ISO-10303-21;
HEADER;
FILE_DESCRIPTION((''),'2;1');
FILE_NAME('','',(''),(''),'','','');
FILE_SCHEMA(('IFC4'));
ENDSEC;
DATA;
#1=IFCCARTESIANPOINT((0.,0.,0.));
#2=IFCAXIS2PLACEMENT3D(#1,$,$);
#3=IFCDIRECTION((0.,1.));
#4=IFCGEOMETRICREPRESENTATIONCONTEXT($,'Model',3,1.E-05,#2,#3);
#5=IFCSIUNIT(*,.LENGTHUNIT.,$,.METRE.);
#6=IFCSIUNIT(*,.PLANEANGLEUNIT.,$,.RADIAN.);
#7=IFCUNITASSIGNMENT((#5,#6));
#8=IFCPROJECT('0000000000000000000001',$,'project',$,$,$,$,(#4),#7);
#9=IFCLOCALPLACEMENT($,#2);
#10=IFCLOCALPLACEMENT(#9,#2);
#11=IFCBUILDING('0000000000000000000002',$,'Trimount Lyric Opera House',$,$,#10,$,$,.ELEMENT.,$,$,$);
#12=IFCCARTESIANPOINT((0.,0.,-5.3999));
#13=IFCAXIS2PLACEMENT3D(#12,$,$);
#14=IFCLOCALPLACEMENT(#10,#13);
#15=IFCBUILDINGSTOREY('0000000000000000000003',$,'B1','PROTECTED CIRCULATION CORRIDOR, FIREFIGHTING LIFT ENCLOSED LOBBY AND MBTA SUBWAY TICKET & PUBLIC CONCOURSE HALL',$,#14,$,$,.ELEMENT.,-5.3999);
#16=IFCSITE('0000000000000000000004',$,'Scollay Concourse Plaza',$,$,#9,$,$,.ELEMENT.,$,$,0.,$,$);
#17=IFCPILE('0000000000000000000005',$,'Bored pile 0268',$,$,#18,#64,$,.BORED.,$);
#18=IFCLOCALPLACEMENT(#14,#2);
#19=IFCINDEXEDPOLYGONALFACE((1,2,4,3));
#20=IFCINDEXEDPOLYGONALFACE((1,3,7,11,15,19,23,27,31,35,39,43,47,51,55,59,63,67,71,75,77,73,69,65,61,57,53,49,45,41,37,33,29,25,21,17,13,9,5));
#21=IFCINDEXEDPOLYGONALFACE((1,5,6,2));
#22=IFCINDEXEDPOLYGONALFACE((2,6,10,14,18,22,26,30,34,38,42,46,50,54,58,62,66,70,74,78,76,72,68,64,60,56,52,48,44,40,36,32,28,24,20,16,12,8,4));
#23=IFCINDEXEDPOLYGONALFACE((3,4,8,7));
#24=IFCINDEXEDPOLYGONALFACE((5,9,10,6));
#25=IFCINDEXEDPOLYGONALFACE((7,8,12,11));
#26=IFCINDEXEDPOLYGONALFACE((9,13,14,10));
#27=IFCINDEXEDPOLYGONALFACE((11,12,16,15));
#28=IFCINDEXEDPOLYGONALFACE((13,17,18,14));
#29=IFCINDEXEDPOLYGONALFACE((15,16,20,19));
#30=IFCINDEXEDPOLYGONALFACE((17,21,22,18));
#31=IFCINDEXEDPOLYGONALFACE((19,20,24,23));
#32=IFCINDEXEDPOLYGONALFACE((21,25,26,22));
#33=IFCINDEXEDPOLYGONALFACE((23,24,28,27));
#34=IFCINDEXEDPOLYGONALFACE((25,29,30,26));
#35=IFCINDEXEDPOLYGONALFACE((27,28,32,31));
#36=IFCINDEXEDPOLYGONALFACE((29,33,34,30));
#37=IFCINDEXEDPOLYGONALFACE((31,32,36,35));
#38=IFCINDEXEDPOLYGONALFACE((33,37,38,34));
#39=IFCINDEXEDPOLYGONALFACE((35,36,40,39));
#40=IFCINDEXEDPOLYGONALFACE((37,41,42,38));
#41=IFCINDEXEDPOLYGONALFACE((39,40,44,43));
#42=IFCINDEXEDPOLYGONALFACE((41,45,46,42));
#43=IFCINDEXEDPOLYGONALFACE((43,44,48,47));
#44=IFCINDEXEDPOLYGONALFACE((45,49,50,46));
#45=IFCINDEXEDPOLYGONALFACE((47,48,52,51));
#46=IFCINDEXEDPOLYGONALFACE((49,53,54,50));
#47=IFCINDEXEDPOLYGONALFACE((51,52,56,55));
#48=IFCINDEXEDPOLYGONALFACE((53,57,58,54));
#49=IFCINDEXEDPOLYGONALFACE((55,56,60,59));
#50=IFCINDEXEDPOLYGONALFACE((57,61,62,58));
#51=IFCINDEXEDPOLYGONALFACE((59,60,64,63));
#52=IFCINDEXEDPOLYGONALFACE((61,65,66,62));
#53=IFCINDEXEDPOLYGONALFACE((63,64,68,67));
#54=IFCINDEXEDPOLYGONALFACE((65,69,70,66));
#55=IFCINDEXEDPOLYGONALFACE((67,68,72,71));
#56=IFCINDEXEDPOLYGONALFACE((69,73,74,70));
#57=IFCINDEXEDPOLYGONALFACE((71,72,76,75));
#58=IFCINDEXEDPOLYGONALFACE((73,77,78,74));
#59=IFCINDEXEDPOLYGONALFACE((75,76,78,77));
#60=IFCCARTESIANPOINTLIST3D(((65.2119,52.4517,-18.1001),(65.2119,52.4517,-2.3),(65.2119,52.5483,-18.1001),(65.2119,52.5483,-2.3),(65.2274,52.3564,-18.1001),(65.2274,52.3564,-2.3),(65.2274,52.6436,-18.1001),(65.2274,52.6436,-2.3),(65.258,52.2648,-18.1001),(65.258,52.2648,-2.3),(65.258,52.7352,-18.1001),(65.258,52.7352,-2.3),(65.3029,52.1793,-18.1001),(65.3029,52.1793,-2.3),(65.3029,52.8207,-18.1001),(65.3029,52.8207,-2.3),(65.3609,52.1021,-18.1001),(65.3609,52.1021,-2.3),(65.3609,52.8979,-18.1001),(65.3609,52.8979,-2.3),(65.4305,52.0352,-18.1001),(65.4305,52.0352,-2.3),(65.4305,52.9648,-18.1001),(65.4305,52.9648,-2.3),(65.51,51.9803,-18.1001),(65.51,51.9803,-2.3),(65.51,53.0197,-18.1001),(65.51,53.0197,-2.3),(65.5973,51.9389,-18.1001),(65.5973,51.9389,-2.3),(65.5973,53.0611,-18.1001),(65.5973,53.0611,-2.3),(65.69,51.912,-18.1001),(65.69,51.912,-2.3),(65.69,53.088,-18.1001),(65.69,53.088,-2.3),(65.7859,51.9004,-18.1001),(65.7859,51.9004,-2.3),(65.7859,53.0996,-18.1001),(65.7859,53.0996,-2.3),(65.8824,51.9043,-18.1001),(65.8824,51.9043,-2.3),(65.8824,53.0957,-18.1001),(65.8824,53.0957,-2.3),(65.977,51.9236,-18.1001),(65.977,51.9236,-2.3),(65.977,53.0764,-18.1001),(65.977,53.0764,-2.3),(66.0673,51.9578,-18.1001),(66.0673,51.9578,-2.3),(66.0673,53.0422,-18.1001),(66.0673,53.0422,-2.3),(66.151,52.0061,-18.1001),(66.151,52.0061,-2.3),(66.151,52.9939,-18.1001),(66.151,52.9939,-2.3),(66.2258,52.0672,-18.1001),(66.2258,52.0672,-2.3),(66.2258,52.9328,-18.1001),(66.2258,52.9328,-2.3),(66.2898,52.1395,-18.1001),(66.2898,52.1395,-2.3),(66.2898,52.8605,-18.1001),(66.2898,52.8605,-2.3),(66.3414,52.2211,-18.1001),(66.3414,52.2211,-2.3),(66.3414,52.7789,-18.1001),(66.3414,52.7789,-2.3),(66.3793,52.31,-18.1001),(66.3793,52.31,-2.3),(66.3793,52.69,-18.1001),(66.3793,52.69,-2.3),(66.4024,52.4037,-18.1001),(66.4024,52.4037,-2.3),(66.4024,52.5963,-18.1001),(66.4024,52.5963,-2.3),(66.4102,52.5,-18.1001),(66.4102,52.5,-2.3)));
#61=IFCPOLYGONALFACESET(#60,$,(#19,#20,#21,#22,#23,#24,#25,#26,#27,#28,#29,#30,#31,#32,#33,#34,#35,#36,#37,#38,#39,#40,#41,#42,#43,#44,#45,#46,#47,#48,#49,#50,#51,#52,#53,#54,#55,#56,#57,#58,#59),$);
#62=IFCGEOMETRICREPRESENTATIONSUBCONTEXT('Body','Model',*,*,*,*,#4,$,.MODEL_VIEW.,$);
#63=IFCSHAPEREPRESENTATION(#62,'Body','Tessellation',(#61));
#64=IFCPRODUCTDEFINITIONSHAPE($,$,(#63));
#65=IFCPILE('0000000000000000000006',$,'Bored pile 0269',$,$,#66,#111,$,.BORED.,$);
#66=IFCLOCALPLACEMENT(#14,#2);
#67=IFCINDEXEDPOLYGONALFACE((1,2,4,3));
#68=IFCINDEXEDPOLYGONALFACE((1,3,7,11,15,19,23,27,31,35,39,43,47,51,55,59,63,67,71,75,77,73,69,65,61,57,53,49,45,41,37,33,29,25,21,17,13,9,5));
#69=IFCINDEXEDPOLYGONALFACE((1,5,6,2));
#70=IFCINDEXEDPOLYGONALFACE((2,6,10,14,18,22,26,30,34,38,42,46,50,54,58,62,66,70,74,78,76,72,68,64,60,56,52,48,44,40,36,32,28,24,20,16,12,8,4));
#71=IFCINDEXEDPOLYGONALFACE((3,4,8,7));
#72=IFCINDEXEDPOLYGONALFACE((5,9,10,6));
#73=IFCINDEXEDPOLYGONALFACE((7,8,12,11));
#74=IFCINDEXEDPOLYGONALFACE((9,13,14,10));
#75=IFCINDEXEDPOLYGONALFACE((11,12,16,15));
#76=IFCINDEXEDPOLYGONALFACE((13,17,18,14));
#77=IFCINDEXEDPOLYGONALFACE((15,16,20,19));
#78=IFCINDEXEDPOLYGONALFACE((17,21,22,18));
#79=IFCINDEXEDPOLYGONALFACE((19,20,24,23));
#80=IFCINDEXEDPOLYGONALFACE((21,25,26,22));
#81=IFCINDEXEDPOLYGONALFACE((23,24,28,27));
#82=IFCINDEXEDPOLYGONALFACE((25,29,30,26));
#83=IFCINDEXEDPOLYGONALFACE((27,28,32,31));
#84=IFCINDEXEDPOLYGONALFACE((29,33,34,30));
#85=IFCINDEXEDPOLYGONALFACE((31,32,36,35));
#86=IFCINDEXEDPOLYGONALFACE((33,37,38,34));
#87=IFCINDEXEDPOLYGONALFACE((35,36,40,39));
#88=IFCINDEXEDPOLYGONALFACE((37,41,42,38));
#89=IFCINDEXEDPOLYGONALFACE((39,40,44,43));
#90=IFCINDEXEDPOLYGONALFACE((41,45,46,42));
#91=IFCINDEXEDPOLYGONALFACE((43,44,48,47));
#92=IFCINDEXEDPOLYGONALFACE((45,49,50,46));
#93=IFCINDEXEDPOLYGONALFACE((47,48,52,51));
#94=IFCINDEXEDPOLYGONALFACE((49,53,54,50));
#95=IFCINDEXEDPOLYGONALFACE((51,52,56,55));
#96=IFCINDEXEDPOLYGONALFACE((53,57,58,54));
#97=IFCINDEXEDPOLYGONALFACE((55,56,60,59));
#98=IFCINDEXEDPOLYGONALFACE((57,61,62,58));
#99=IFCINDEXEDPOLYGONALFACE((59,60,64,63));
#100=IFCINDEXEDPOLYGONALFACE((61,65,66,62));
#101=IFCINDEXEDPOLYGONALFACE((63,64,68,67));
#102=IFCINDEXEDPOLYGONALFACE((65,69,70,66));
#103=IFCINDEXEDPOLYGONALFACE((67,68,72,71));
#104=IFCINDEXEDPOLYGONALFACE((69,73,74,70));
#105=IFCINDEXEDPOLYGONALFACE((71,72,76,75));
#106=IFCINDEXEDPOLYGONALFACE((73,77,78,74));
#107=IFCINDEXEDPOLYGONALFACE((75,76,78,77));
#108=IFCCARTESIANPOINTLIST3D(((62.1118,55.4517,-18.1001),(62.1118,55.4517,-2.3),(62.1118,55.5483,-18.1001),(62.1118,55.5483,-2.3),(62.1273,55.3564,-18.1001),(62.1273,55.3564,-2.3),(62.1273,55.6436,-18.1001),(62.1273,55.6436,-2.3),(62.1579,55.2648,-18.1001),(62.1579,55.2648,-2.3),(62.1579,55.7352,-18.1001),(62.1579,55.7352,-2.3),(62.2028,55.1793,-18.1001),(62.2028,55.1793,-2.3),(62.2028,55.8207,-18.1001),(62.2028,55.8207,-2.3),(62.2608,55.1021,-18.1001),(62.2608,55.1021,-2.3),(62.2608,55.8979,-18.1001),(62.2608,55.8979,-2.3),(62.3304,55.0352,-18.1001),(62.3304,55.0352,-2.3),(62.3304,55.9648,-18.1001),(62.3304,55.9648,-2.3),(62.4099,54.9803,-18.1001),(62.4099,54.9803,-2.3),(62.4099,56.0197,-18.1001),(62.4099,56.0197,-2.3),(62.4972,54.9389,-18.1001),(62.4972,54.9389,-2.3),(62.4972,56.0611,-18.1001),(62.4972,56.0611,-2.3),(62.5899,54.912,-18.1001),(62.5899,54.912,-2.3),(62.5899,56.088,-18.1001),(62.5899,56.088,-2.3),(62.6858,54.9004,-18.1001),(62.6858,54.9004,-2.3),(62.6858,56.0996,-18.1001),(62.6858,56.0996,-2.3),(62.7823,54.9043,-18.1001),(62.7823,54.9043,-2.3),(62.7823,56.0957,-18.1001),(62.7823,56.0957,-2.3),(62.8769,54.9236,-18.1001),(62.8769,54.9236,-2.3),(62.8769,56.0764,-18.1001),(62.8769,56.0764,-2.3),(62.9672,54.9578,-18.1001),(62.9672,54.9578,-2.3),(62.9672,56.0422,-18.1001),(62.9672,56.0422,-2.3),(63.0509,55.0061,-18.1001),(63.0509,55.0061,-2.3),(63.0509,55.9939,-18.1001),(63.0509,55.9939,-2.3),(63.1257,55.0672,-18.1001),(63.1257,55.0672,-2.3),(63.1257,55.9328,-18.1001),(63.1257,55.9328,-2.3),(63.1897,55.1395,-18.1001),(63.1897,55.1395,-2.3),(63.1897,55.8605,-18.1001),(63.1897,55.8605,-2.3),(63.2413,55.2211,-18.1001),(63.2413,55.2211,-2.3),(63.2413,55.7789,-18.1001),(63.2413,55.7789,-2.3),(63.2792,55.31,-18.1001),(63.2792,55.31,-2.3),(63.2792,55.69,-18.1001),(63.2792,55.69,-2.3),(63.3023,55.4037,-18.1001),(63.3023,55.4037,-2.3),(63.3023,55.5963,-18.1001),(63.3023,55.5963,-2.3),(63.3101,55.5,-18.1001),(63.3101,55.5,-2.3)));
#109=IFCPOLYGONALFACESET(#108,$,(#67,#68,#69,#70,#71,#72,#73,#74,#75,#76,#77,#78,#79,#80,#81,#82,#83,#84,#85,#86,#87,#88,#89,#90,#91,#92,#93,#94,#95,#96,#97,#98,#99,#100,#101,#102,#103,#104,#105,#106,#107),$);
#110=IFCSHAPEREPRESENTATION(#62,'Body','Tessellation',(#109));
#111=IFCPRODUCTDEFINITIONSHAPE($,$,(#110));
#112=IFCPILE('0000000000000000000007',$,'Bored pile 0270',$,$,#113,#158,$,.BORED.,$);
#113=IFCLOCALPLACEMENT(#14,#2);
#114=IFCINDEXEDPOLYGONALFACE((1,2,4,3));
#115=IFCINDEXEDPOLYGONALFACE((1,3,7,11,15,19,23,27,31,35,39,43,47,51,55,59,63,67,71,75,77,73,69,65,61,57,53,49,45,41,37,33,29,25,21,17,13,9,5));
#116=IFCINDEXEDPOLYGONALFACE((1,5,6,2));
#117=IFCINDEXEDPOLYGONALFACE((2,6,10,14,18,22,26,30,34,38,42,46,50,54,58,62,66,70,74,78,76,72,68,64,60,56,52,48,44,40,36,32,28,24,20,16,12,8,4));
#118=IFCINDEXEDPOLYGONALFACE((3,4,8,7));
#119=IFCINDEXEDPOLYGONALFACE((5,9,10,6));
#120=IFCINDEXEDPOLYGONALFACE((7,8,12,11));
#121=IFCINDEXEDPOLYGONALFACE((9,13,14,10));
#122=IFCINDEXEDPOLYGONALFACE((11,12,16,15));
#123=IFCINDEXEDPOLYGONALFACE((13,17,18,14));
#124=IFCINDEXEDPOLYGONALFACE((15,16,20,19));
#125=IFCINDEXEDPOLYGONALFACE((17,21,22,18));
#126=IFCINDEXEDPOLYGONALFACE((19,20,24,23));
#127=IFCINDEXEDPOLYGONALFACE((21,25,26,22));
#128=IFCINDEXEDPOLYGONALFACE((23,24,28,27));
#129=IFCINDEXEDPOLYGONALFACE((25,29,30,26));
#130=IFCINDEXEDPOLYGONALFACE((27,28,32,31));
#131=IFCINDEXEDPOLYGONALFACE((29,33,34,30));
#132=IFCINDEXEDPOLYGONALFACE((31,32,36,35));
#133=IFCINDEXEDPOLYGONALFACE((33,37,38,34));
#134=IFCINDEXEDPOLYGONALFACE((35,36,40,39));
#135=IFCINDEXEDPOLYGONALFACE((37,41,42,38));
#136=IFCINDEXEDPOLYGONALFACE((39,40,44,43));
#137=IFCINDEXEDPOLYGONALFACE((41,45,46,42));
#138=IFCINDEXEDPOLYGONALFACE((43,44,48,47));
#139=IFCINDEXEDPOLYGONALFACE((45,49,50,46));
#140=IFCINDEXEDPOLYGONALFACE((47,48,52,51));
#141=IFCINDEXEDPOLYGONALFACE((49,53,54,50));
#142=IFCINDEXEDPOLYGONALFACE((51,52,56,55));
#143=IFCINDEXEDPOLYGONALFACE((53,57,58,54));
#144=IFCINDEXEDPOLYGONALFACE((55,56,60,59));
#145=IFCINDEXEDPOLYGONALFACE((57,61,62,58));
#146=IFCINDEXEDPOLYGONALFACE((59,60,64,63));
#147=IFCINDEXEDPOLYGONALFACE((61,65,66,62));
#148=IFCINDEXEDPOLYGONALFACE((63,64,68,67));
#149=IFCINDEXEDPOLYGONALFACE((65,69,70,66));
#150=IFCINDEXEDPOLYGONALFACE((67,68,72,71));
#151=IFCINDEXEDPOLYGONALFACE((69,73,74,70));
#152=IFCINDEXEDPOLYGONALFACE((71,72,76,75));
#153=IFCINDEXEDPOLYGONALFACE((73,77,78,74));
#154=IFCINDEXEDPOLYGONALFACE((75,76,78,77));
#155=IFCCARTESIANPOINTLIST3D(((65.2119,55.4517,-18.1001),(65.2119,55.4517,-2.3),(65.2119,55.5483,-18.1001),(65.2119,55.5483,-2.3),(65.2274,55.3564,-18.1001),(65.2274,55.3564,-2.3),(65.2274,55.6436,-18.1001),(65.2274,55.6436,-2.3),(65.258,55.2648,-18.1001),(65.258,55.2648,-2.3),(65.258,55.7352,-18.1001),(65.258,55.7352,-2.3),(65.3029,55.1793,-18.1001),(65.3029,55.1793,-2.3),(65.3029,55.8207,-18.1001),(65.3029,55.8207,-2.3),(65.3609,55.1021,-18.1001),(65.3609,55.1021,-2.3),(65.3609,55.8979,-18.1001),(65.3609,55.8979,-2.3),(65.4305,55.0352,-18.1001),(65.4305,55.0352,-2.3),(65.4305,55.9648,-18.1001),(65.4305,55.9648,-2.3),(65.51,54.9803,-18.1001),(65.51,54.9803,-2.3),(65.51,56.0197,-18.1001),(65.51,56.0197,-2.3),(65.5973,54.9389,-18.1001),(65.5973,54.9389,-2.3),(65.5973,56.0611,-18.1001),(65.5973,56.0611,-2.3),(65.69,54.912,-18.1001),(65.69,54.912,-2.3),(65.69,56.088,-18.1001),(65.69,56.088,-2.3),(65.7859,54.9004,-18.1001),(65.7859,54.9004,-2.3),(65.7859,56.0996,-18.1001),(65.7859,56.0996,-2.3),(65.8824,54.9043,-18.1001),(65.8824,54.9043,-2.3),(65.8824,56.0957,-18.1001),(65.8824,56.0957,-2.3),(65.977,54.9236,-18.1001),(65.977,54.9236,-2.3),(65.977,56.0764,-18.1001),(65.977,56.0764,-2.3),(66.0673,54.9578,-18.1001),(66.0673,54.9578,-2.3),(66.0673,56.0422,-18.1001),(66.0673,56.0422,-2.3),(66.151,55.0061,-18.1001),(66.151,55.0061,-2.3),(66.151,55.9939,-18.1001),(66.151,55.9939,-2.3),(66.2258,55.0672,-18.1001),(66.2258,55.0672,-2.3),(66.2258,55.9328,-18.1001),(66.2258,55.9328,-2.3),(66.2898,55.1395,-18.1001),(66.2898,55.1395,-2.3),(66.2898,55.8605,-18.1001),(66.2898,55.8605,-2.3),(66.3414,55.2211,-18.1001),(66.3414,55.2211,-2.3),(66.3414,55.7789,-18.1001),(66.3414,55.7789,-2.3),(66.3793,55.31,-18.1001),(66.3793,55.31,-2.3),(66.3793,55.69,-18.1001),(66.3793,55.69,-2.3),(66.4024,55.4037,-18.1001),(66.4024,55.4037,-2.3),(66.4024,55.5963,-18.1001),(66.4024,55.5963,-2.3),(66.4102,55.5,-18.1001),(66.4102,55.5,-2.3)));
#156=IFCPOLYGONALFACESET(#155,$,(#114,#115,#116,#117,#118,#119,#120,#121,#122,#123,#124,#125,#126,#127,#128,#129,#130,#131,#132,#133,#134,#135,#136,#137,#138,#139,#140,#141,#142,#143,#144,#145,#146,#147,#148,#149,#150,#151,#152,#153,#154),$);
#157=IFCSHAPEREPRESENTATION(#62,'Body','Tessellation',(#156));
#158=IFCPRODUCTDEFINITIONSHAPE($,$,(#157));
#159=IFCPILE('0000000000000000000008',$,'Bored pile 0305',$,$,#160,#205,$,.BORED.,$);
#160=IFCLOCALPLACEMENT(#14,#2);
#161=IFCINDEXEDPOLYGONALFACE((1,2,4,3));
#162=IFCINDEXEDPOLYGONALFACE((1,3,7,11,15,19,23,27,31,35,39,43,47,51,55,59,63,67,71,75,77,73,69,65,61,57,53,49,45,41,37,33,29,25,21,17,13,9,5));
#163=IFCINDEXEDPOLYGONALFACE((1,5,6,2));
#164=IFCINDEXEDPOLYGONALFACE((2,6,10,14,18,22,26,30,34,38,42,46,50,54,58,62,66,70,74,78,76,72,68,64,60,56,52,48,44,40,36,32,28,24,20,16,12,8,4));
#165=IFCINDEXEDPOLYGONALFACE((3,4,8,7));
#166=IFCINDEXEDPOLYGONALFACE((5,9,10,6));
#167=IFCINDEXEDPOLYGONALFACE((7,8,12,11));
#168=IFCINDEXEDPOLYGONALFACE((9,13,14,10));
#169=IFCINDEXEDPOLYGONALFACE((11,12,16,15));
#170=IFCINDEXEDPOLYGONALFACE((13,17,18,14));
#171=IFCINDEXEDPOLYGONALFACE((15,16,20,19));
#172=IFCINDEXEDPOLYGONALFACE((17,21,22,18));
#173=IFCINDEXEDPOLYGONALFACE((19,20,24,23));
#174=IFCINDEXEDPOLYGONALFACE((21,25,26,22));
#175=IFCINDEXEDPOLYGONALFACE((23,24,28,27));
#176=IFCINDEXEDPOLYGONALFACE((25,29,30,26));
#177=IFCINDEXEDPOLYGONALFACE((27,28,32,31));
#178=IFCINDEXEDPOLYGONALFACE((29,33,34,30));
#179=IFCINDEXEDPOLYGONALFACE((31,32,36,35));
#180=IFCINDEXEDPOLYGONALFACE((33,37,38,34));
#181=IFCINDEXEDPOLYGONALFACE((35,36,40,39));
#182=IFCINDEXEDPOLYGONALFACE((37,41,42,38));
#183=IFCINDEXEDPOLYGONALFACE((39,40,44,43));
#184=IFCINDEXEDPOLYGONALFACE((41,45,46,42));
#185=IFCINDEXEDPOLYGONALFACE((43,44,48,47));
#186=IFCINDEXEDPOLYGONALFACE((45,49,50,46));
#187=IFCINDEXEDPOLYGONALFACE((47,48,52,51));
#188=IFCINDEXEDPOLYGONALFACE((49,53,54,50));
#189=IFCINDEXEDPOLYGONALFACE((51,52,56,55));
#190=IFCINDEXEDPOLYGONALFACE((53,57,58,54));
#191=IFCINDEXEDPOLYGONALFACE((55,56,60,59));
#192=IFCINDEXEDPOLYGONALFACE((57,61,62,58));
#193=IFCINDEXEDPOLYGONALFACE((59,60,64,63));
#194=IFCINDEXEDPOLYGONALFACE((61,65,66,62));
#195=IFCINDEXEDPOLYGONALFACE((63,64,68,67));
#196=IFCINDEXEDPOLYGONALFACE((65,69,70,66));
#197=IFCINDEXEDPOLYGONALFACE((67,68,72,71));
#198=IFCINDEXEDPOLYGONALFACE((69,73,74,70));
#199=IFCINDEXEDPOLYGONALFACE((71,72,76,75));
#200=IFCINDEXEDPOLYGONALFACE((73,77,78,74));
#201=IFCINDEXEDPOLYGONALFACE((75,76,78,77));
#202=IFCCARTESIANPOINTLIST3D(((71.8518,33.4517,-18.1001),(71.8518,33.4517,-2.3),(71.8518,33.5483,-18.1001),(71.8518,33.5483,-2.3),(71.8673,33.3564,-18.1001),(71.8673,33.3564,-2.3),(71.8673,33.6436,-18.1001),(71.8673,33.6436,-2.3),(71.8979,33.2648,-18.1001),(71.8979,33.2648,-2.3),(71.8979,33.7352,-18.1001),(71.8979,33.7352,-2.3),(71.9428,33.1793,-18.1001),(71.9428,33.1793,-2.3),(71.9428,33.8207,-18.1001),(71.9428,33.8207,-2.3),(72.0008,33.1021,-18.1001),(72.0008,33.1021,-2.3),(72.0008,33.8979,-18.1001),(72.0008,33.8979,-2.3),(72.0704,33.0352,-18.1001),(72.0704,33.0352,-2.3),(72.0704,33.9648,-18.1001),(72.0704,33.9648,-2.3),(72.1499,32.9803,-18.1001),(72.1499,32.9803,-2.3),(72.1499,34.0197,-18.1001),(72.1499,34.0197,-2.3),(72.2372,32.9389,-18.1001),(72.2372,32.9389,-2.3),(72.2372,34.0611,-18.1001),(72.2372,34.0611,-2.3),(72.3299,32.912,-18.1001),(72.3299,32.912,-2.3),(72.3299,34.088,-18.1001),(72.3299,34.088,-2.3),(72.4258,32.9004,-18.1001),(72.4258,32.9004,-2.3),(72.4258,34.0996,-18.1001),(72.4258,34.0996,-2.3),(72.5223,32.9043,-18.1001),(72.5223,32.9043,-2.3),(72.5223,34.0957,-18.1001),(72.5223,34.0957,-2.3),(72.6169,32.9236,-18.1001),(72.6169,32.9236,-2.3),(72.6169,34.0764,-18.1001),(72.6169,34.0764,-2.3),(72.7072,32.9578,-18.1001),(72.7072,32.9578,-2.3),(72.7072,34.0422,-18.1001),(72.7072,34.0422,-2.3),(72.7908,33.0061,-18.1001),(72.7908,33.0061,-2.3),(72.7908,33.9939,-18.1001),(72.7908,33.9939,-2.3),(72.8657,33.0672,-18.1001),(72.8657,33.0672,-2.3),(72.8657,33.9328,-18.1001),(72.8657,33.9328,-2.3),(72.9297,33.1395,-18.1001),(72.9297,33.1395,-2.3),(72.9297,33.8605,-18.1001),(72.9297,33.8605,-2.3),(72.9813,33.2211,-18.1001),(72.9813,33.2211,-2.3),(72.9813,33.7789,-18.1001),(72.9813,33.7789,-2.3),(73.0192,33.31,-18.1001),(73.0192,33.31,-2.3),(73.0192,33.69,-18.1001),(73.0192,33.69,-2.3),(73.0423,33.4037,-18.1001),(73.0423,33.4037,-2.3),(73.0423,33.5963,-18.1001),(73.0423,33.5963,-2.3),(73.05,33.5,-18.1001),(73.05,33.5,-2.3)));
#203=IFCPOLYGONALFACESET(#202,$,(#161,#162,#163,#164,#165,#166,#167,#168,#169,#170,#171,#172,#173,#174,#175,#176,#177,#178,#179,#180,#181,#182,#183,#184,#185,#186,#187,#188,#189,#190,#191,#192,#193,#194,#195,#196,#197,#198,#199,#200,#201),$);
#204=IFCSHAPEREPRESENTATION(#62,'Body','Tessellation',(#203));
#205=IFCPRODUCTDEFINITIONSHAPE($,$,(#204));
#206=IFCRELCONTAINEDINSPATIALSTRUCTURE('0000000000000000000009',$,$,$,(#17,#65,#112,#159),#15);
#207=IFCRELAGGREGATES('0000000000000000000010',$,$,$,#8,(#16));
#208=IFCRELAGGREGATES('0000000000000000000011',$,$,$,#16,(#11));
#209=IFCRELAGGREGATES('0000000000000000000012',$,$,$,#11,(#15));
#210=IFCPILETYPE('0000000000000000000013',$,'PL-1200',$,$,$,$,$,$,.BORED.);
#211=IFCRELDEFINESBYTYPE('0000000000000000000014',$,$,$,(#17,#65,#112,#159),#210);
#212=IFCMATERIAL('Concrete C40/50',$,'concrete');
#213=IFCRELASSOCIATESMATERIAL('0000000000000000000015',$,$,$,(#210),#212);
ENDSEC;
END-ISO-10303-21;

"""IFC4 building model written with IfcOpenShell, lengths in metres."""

from ifc_helpers import new_model, si_unit, direction, frame, origin, origin_2d, place, context, subcontext, project, spatial, circle, extrude, material, material_profile, profile_set, type_object, element, save


model = new_model("IFC4")

# Units and contexts
model_context = context("Model", 3, precision=1e-05, world=origin(), true_north=direction((0.0, 1.0)))
body_context = subcontext(model_context, "Body", "Model", "MODEL_VIEW")
ifc_project = project(units=[si_unit("LENGTHUNIT", "METRE"), si_unit("PLANEANGLEUNIT", "RADIAN")], contexts=[model_context])

# Site, building, storey
site_placement = place(None, origin())
site = spatial("IfcSite", under=ifc_project, at=site_placement, Name="Scollay Concourse Plaza", CompositionType="ELEMENT", RefElevation=0.0)
building_placement = place(site_placement, origin())
building = spatial("IfcBuilding", under=site, at=building_placement, Name="Trimount Lyric Opera House", CompositionType="ELEMENT")
storey_placement = place(building_placement, frame((0.0, 0.0, -5.3999)))
storey = spatial("IfcBuildingStorey", under=building, at=storey_placement, Name="B1", Description="PROTECTED CIRCULATION CORRIDOR, FIREFIGHTING LIFT ENCLOSED LOBBY AND MBTA SUBWAY TICKET & PUBLIC CONCOURSE HALL", CompositionType="ELEMENT", Elevation=-5.3999)

# Piles
ifc_material_1 = material(Name="Concrete C40/50", Category="concrete")
ifc_material_profile_1 = material_profile(ifc_material_1, circle(Radius=0.6001, at=origin_2d()), Name="PILE-D1200")
ifc_profile_set_1 = profile_set([ifc_material_profile_1], Name="Concrete C40/50")
pile_type_1 = type_object("IfcPileType", Name="PL-1200", PredefinedType="BORED", material=ifc_profile_set_1)
for number, where, z_axis, x_axis, name in (
    (1, (65.8101, 52.5, -2.3), (0.0, 0.0, -1.0), (1.0, 0.0, 0.0), "Bored pile 0268"),
    (2, (62.71, 55.5, -2.3), (0.0, 0.0, -1.0), (1.0, 0.0, 0.0), "Bored pile 0269"),
    (3, (65.8101, 55.5, -2.3), (0.0, 0.0, -1.0), (1.0, 0.0, 0.0), "Bored pile 0270"),
    (4, (72.45, 33.5, -2.3), (0.0, 0.0, -1.0), (1.0, 0.0, 0.0), "Bored pile 0305"),
):
    element("IfcPile", number, at=place(storey_placement, frame(where, z_axis=z_axis, x_axis=x_axis)), inside=storey, type_object=pile_type_1, Name=name, PredefinedType="BORED", context=body_context, shape_type="SweptSolid", body=[
        extrude(circle(Radius=0.6001, at=origin_2d()), origin(), (0.0, 0.0, 1.0), 15.8),
    ])

save(model, "model.ifc")
